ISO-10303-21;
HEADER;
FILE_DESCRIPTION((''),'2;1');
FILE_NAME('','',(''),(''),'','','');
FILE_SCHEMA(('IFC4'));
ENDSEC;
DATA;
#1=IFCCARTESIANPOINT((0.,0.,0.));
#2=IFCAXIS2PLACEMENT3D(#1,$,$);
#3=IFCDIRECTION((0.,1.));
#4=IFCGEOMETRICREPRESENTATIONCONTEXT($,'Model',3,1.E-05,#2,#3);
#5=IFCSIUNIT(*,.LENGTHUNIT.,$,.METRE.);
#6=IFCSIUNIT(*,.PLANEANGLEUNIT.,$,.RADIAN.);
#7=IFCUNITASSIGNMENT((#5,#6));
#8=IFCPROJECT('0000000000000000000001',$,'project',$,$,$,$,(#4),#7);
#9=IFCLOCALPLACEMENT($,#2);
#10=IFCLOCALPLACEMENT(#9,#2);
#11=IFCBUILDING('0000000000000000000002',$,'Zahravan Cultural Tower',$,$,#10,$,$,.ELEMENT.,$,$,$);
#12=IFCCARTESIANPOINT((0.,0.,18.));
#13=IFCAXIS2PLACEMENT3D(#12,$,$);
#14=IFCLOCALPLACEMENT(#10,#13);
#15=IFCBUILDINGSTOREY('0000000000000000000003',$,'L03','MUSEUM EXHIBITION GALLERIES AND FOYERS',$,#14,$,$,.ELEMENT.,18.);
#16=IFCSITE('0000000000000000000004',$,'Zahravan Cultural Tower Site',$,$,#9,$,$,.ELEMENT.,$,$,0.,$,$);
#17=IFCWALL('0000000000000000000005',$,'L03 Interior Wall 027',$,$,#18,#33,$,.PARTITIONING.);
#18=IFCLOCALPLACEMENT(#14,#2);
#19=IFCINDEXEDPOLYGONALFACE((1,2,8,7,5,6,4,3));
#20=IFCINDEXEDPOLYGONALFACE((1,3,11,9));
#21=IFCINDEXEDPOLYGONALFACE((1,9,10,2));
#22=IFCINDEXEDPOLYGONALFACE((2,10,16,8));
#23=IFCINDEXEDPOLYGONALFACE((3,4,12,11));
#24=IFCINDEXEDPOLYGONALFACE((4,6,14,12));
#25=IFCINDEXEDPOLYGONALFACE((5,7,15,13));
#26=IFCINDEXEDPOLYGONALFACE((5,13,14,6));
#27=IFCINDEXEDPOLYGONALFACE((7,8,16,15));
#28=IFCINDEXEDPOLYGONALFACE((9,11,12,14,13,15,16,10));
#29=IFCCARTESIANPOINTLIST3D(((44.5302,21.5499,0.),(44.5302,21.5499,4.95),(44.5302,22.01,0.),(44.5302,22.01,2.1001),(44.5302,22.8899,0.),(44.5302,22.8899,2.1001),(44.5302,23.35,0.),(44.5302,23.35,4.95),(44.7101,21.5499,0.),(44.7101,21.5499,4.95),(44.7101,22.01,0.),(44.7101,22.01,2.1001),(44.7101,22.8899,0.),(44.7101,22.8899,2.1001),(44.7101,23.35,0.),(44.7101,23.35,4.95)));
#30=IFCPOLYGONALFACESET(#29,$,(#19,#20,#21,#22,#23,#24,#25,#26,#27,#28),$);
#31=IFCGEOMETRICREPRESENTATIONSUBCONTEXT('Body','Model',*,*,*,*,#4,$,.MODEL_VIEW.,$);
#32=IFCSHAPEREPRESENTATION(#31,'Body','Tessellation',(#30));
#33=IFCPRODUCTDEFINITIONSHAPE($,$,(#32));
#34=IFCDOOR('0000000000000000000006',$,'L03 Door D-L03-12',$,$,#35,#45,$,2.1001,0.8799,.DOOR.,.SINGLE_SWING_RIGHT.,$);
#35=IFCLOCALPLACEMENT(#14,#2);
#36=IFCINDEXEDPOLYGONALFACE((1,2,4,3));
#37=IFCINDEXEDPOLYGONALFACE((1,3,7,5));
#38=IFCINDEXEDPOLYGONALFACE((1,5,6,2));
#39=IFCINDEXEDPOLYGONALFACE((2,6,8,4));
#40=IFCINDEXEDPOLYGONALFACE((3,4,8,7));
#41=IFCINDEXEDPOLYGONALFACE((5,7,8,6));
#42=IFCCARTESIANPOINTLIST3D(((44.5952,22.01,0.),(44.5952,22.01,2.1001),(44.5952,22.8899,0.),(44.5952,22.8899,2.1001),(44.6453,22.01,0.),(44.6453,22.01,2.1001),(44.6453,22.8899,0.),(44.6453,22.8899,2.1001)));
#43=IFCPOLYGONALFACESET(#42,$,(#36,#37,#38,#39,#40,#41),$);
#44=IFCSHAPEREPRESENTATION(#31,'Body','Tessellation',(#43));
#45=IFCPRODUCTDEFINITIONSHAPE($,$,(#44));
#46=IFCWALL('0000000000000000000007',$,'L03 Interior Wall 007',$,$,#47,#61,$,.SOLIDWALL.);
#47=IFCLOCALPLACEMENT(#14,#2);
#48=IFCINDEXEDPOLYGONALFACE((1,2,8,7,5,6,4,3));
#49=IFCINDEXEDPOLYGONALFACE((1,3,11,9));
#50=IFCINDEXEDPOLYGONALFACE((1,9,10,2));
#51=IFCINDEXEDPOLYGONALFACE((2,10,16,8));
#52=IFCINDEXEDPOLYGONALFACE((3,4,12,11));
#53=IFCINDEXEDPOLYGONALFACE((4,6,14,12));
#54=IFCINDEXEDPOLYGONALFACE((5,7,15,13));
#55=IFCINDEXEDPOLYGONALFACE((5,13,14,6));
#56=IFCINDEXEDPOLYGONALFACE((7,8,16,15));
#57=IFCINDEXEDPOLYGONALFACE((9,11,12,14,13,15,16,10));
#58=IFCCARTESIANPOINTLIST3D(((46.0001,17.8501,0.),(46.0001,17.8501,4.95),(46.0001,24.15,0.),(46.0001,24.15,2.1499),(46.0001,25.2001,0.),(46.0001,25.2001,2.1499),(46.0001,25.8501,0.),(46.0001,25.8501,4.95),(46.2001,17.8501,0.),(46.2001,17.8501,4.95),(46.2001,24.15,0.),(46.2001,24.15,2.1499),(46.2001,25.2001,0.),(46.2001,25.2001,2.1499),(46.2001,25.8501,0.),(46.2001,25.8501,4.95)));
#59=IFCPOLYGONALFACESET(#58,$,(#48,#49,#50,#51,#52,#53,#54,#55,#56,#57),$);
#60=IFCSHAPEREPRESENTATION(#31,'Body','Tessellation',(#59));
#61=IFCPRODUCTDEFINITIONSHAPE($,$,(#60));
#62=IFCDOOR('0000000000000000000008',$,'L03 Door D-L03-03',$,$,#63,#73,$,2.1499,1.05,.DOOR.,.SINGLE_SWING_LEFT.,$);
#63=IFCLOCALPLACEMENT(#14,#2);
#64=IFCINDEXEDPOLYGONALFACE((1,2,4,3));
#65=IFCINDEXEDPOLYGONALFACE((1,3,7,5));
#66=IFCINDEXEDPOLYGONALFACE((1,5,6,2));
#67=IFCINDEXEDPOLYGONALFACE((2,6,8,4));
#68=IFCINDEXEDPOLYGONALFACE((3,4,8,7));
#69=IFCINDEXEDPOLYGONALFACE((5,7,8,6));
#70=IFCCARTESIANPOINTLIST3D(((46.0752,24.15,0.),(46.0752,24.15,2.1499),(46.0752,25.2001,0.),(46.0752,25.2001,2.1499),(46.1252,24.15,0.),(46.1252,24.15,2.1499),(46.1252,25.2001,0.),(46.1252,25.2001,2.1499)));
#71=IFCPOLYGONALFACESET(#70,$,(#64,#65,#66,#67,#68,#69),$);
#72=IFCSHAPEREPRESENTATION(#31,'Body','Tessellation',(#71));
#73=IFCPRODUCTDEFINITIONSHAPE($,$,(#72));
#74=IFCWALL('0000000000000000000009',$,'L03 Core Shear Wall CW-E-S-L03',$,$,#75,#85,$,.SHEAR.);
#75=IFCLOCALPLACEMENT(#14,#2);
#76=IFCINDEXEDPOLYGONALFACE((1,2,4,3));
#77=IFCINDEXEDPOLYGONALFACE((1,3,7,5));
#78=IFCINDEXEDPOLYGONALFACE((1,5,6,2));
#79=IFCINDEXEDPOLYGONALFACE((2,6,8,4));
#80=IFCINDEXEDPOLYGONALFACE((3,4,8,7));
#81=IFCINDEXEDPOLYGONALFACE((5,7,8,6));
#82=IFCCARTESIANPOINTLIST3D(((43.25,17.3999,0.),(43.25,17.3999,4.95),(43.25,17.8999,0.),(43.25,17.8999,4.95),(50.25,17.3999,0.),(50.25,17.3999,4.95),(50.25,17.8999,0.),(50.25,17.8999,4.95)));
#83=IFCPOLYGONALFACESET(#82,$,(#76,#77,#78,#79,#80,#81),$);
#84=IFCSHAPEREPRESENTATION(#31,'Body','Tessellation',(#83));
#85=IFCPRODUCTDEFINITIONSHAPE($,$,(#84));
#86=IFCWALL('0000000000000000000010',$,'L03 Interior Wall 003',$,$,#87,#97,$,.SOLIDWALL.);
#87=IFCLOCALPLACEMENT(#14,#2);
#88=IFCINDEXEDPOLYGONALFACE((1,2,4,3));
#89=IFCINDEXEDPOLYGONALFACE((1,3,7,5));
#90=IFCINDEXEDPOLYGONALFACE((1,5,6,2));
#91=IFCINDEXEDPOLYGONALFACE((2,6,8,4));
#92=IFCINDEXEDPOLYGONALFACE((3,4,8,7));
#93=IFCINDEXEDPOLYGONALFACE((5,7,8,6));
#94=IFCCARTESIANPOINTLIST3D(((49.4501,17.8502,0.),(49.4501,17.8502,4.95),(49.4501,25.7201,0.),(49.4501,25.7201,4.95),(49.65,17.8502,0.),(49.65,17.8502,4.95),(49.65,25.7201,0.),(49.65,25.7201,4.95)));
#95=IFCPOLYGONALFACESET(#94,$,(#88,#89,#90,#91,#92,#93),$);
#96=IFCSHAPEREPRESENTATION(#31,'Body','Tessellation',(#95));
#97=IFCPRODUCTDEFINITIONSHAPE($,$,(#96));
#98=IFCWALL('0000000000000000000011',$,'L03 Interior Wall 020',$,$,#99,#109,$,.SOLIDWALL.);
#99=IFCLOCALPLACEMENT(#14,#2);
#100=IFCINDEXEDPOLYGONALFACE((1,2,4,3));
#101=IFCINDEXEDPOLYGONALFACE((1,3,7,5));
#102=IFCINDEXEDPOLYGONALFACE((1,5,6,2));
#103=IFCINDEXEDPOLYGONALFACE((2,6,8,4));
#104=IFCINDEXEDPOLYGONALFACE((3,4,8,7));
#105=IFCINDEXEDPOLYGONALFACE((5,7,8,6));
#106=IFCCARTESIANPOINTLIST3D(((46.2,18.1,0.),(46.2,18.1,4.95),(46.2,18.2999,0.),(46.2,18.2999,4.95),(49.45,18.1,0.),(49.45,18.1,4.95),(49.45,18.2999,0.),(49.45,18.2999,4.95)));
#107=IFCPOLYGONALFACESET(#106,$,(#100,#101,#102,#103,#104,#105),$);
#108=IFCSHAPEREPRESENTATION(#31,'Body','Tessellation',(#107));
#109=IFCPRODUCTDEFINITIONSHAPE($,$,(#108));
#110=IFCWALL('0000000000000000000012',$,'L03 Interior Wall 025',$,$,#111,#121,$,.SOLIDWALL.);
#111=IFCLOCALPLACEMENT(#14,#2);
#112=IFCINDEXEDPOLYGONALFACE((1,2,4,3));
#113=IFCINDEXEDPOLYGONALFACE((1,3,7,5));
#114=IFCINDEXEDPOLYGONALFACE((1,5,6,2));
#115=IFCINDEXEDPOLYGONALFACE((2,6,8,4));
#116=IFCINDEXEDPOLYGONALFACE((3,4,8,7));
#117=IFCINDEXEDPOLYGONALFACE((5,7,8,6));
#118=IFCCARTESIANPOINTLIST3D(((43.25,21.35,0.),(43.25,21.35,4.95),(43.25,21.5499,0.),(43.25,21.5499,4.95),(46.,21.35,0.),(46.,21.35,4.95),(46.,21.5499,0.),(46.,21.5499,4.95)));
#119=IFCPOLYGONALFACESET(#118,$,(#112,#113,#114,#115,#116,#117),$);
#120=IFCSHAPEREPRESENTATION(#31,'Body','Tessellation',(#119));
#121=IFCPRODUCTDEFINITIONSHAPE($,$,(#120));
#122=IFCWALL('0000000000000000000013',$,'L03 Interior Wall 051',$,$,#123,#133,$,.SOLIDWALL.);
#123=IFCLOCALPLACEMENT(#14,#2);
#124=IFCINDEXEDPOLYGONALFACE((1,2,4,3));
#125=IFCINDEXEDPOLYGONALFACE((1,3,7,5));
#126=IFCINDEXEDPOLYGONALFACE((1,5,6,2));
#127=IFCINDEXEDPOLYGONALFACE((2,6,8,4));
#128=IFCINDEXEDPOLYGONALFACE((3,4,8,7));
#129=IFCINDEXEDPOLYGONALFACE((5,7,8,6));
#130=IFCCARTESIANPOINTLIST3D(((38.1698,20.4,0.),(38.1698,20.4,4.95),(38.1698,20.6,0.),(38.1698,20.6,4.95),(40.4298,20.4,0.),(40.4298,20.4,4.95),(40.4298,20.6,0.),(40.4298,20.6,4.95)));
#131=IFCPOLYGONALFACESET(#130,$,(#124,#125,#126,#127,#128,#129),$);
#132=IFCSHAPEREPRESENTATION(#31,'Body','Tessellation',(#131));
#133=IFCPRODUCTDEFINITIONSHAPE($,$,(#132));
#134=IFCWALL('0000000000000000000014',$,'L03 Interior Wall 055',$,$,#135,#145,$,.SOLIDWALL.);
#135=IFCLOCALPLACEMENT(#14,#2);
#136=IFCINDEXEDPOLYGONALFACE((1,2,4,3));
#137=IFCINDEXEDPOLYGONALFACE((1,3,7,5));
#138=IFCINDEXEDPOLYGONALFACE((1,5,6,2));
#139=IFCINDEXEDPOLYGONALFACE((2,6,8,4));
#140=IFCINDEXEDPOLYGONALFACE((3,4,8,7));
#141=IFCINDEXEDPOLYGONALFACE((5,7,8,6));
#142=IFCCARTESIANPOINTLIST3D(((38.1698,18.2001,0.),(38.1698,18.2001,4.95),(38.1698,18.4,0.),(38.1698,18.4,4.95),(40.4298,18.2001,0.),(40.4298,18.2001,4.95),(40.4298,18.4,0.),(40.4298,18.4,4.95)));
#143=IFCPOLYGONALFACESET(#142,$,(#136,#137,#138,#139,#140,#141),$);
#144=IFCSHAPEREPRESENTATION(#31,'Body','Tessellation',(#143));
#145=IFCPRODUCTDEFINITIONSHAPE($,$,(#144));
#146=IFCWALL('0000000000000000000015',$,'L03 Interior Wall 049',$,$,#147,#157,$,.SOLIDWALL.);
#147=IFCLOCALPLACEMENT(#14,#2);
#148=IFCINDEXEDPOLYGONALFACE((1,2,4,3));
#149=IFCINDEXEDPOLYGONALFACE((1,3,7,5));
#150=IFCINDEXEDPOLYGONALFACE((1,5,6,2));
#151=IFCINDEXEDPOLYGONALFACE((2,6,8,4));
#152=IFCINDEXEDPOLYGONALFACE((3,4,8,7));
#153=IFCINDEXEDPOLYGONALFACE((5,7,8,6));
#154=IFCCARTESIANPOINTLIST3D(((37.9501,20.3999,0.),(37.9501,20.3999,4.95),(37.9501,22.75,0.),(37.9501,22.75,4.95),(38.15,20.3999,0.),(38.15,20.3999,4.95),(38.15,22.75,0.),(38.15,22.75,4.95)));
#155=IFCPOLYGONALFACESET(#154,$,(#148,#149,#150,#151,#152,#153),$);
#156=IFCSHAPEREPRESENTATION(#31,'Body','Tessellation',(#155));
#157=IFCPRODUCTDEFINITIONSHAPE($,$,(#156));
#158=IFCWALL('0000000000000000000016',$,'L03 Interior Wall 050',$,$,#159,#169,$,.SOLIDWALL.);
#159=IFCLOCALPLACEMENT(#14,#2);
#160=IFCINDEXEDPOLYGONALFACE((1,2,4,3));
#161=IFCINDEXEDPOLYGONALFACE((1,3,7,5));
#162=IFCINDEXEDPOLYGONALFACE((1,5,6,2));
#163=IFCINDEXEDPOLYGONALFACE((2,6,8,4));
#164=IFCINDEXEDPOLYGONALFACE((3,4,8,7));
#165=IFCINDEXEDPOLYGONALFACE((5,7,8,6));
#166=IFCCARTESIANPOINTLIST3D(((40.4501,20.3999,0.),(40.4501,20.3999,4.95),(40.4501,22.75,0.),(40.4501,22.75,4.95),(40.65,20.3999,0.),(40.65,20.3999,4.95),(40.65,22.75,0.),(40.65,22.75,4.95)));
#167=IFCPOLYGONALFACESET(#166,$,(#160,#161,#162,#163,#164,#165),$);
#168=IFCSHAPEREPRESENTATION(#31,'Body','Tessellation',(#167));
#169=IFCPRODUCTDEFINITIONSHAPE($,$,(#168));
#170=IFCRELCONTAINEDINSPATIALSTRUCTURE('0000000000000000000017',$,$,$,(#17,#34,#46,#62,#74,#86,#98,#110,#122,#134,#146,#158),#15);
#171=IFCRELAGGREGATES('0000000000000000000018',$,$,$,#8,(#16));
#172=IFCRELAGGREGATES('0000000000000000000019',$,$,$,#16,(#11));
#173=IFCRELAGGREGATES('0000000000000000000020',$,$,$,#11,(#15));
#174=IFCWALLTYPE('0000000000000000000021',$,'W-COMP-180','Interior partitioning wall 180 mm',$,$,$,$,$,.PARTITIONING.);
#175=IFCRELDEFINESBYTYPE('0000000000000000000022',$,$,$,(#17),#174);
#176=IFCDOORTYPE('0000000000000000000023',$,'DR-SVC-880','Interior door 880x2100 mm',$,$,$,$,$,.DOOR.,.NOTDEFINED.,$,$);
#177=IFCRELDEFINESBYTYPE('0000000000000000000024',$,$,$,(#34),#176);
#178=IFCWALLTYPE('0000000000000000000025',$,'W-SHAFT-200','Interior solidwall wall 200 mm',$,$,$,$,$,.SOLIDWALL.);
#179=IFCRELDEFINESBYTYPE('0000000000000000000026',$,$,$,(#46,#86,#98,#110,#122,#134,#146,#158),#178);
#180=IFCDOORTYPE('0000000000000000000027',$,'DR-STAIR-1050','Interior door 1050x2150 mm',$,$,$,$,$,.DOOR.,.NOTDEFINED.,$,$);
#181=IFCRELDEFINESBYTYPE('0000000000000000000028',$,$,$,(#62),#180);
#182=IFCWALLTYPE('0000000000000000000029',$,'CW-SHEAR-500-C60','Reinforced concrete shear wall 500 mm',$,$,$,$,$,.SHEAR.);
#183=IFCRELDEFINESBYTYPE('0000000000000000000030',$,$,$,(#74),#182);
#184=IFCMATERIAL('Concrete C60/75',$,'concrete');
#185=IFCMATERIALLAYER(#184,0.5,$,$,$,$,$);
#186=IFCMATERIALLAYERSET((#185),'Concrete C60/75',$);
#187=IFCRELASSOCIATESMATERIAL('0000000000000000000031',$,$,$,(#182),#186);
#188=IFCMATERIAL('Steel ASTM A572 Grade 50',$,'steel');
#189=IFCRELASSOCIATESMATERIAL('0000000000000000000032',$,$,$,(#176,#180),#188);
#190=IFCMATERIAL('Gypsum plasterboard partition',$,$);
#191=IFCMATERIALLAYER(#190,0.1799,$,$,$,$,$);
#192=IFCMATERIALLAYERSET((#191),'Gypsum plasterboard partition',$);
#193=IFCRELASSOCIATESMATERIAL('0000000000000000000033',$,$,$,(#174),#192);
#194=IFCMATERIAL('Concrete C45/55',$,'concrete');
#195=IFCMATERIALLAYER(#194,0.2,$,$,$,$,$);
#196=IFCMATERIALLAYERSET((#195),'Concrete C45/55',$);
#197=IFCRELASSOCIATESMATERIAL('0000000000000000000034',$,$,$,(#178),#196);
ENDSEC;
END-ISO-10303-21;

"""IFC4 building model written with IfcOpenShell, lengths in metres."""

from ifc_helpers import new_model, si_unit, direction, frame, frame_2d, origin, place, context, subcontext, project, spatial, rectangle, extrude, source, transform, mapped, material, layer, layer_set, type_object, element, fill, save


model = new_model("IFC4")

# Units and contexts
model_context = context("Model", 3, precision=1e-05, world=origin(), true_north=direction((0.0, 1.0)))
body_context = subcontext(model_context, "Body", "Model", "MODEL_VIEW")
ifc_project = project(units=[si_unit("LENGTHUNIT", "METRE"), si_unit("PLANEANGLEUNIT", "RADIAN")], contexts=[model_context])

# Site, building, storey
site_placement = place(None, origin())
site = spatial("IfcSite", under=ifc_project, at=site_placement, Name="Zahravan Cultural Tower Site", CompositionType="ELEMENT", RefElevation=0.0)
building_placement = place(site_placement, origin())
building = spatial("IfcBuilding", under=site, at=building_placement, Name="Zahravan Cultural Tower", CompositionType="ELEMENT")
storey_placement = place(building_placement, frame((0.0, 0.0, 18.0)))
storey = spatial("IfcBuildingStorey", under=building, at=storey_placement, Name="L03", Description="MUSEUM EXHIBITION GALLERIES AND FOYERS", CompositionType="ELEMENT", Elevation=18.0)

# Shared definitions
ifc_material_1 = material(Name="Concrete C60/75", Category="concrete")

# Shared definitions
ifc_layer_1 = layer(ifc_material_1, 0.5)
ifc_layer_set_1 = layer_set([ifc_layer_1], Name="Concrete C60/75")
wall_type_1 = type_object("IfcWallType", Name="CW-SHEAR-500-C60", Description="Reinforced concrete shear wall 500 mm", PredefinedType="SHEAR", material=ifc_layer_set_1)
ifc_material_2 = material(Name="Steel ASTM A572 Grade 50", Category="steel")
door_type_1 = type_object("IfcDoorType", Name="DR-SVC-880", Description="Interior door 880x2100 mm", OperationType="NOTDEFINED", PredefinedType="DOOR", material=ifc_material_2)
shared_shape_1 = source(origin(), body_context, "Body", "SweptSolid", [
    extrude(rectangle(XDim=0.8799, YDim=2.1001, at=frame_2d((0.4399, 1.05))), frame((0.0, 0.0249, 0.0), z_axis=(0.0, -1.0, 0.0), x_axis=(1.0, 0.0, 0.0)), (0.0, 0.0, 1.0), 0.05),
])

# Walls, openings, doors
ifc_material_3 = material(Name="Gypsum plasterboard partition")
ifc_layer_2 = layer(ifc_material_3, 0.1799)
ifc_layer_set_2 = layer_set([ifc_layer_2], Name="Gypsum plasterboard partition")
wall_type_2 = type_object("IfcWallType", Name="W-COMP-180", Description="Interior partitioning wall 180 mm", PredefinedType="PARTITIONING", material=ifc_layer_set_2)
wall_1_placement = place(storey_placement, frame((44.6201, 21.55, 0.0), z_axis=(0.0, 0.0, 1.0), x_axis=(0.0, 1.0, 0.0)))
wall_1 = element("IfcWall", 1, at=wall_1_placement, inside=storey, type_object=wall_type_2, Name="L03 Interior Wall 027", PredefinedType="PARTITIONING", context=body_context, shape_type="SweptSolid", body=[
    extrude(rectangle(XDim=1.8, YDim=0.1799, at=frame_2d((0.8999, 0.0))), origin(), (0.0, 0.0, 1.0), 4.95),
])
opening_1_placement = place(wall_1_placement, frame((0.46, 0.0, 0.0)))
opening_1 = element("IfcOpeningElement", 2, at=opening_1_placement, cuts=wall_1, PredefinedType="OPENING", context=body_context, shape_type="SweptSolid", body=[
    extrude(rectangle(XDim=0.8799, YDim=2.1001, at=frame_2d((0.4399, 1.05))), frame((0.0, 0.0999, 0.0), z_axis=(0.0, -1.0, 0.0), x_axis=(1.0, 0.0, 0.0)), (0.0, 0.0, 1.0), 0.2),
])
door_1_placement = place(opening_1_placement, origin())
door_1 = element("IfcDoor", 3, at=door_1_placement, inside=storey, type_object=door_type_1, Name="L03 Door D-L03-12", OperationType="SINGLE_SWING_RIGHT", OverallHeight=2.1001, OverallWidth=0.8799, PredefinedType="DOOR", context=body_context, shape_type="MappedRepresentation", body=[
    mapped(shared_shape_1, transform((0.0, 0.0, 0.0), x_axis=(1.0, 0.0, 0.0), y_axis=(0.0, 1.0, 0.0), z_axis=(0.0, 0.0, 1.0), scale=1.0)),
])
fill(opening_1, door_1)
ifc_material_4 = material(Name="Concrete C45/55", Category="concrete")
ifc_layer_3 = layer(ifc_material_4, 0.2)
ifc_layer_set_3 = layer_set([ifc_layer_3], Name="Concrete C45/55")
wall_type_3 = type_object("IfcWallType", Name="W-SHAFT-200", Description="Interior solidwall wall 200 mm", PredefinedType="SOLIDWALL", material=ifc_layer_set_3)
wall_2_placement = place(storey_placement, frame((46.1001, 17.8501, 0.0), z_axis=(0.0, 0.0, 1.0), x_axis=(0.0, 1.0, 0.0)))
wall_2 = element("IfcWall", 4, at=wall_2_placement, inside=storey, type_object=wall_type_3, Name="L03 Interior Wall 007", PredefinedType="SOLIDWALL", context=body_context, shape_type="SweptSolid", body=[
    extrude(rectangle(XDim=8.0, YDim=0.2, at=frame_2d((4.0, 0.0))), origin(), (0.0, 0.0, 1.0), 4.95),
])
opening_2_placement = place(wall_2_placement, frame((6.3, 0.0, 0.0)))
opening_2 = element("IfcOpeningElement", 5, at=opening_2_placement, cuts=wall_2, PredefinedType="OPENING", context=body_context, shape_type="SweptSolid", body=[
    extrude(rectangle(XDim=1.05, YDim=2.1499, at=frame_2d((0.5249, 1.075))), frame((0.0, 0.1099, 0.0), z_axis=(0.0, -1.0, 0.0), x_axis=(1.0, 0.0, 0.0)), (0.0, 0.0, 1.0), 0.22),
])
door_type_2 = type_object("IfcDoorType", Name="DR-STAIR-1050", Description="Interior door 1050x2150 mm", OperationType="NOTDEFINED", PredefinedType="DOOR", material=ifc_material_2)
shared_shape_2 = source(origin(), body_context, "Body", "SweptSolid", [
    extrude(rectangle(XDim=1.05, YDim=2.1499, at=frame_2d((0.5249, 1.075))), frame((0.0, 0.0249, 0.0), z_axis=(0.0, -1.0, 0.0), x_axis=(1.0, 0.0, 0.0)), (0.0, 0.0, 1.0), 0.05),
])
door_2_placement = place(opening_2_placement, origin())
door_2 = element("IfcDoor", 6, at=door_2_placement, inside=storey, type_object=door_type_2, Name="L03 Door D-L03-03", OperationType="SINGLE_SWING_LEFT", OverallHeight=2.1499, OverallWidth=1.05, PredefinedType="DOOR", context=body_context, shape_type="MappedRepresentation", body=[
    mapped(shared_shape_2, transform((0.0, 0.0, 0.0), x_axis=(1.0, 0.0, 0.0), y_axis=(0.0, 1.0, 0.0), z_axis=(0.0, 0.0, 1.0), scale=1.0)),
])
fill(opening_2, door_2)

# Walls
shared_shape_3 = source(origin(), body_context, "Body", "SweptSolid", [
    extrude(rectangle(XDim=7.0, YDim=0.5, at=frame_2d((3.5, 0.0))), origin(), (0.0, 0.0, 1.0), 4.95),
])
wall_3_placement = place(storey_placement, frame((43.25, 17.6499, 0.0), z_axis=(0.0, 0.0, 1.0), x_axis=(1.0, 0.0, 0.0)))
element("IfcWall", 7, at=wall_3_placement, inside=storey, type_object=wall_type_1, Name="L03 Core Shear Wall CW-E-S-L03", PredefinedType="SHEAR", context=body_context, shape_type="MappedRepresentation", body=[
    mapped(shared_shape_3, transform((0.0, 0.0, 0.0), x_axis=(1.0, 0.0, 0.0), y_axis=(0.0, 1.0, 0.0), z_axis=(0.0, 0.0, 1.0), scale=1.0)),
])
shared_shape_4 = source(origin(), body_context, "Body", "SweptSolid", [
    extrude(rectangle(XDim=7.8699, YDim=0.2, at=frame_2d((3.9351, 0.0))), origin(), (0.0, 0.0, 1.0), 4.95),
])
wall_4_placement = place(storey_placement, frame((49.55, 17.8501, 0.0), z_axis=(0.0, 0.0, 1.0), x_axis=(0.0, 1.0, 0.0)))
element("IfcWall", 8, at=wall_4_placement, inside=storey, type_object=wall_type_3, Name="L03 Interior Wall 003", PredefinedType="SOLIDWALL", context=body_context, shape_type="MappedRepresentation", body=[
    mapped(shared_shape_4, transform((0.0, 0.0, 0.0), x_axis=(1.0, 0.0, 0.0), y_axis=(0.0, 1.0, 0.0), z_axis=(0.0, 0.0, 1.0), scale=1.0)),
])
shared_shape_5 = source(origin(), body_context, "Body", "SweptSolid", [
    extrude(rectangle(XDim=3.25, YDim=0.2, at=frame_2d((1.625, 0.0))), origin(), (0.0, 0.0, 1.0), 4.95),
])
wall_5_placement = place(storey_placement, frame((46.2, 18.2, 0.0), z_axis=(0.0, 0.0, 1.0), x_axis=(1.0, 0.0, 0.0)))
element("IfcWall", 9, at=wall_5_placement, inside=storey, type_object=wall_type_3, Name="L03 Interior Wall 020", PredefinedType="SOLIDWALL", context=body_context, shape_type="MappedRepresentation", body=[
    mapped(shared_shape_5, transform((0.0, 0.0, 0.0), x_axis=(1.0, 0.0, 0.0), y_axis=(0.0, 1.0, 0.0), z_axis=(0.0, 0.0, 1.0), scale=1.0)),
])
shared_shape_6 = source(origin(), body_context, "Body", "SweptSolid", [
    extrude(rectangle(XDim=2.75, YDim=0.2, at=frame_2d((1.375, 0.0))), origin(), (0.0, 0.0, 1.0), 4.95),
])
wall_6_placement = place(storey_placement, frame((43.25, 21.45, 0.0), z_axis=(0.0, 0.0, 1.0), x_axis=(1.0, 0.0, 0.0)))
element("IfcWall", 10, at=wall_6_placement, inside=storey, type_object=wall_type_3, Name="L03 Interior Wall 025", PredefinedType="SOLIDWALL", context=body_context, shape_type="MappedRepresentation", body=[
    mapped(shared_shape_6, transform((0.0, 0.0, 0.0), x_axis=(1.0, 0.0, 0.0), y_axis=(0.0, 1.0, 0.0), z_axis=(0.0, 0.0, 1.0), scale=1.0)),
])
shared_shape_7 = source(origin(), body_context, "Body", "SweptSolid", [
    extrude(rectangle(XDim=2.26, YDim=0.2, at=frame_2d((1.1299, 0.0))), origin(), (0.0, 0.0, 1.0), 4.95),
])
for number, where, z_axis, x_axis, name in (
    (11, (38.1699, 20.5, 0.0), (0.0, 0.0, 1.0), (1.0, 0.0, 0.0), "L03 Interior Wall 051"),
    (12, (38.1699, 18.3, 0.0), (0.0, 0.0, 1.0), (1.0, 0.0, 0.0), "L03 Interior Wall 055"),
):
    element("IfcWall", number, at=place(storey_placement, frame(where, z_axis=z_axis, x_axis=x_axis)), inside=storey, type_object=wall_type_3, Name=name, PredefinedType="SOLIDWALL", context=body_context, shape_type="MappedRepresentation", body=[
        mapped(shared_shape_7, transform((0.0, 0.0, 0.0), x_axis=(1.0, 0.0, 0.0), y_axis=(0.0, 1.0, 0.0), z_axis=(0.0, 0.0, 1.0), scale=1.0)),
    ])
shared_shape_8 = source(origin(), body_context, "Body", "SweptSolid", [
    extrude(rectangle(XDim=2.3501, YDim=0.2, at=frame_2d((1.175, 0.0))), origin(), (0.0, 0.0, 1.0), 4.95),
])
for number, where, z_axis, x_axis, name in (
    (13, (38.05, 20.3999, 0.0), (0.0, 0.0, 1.0), (0.0, 1.0, 0.0), "L03 Interior Wall 049"),
    (14, (40.55, 20.3999, 0.0), (0.0, 0.0, 1.0), (0.0, 1.0, 0.0), "L03 Interior Wall 050"),
):
    element("IfcWall", number, at=place(storey_placement, frame(where, z_axis=z_axis, x_axis=x_axis)), inside=storey, type_object=wall_type_3, Name=name, PredefinedType="SOLIDWALL", context=body_context, shape_type="MappedRepresentation", body=[
        mapped(shared_shape_8, transform((0.0, 0.0, 0.0), x_axis=(1.0, 0.0, 0.0), y_axis=(0.0, 1.0, 0.0), z_axis=(0.0, 0.0, 1.0), scale=1.0)),
    ])

save(model, "model.ifc")
